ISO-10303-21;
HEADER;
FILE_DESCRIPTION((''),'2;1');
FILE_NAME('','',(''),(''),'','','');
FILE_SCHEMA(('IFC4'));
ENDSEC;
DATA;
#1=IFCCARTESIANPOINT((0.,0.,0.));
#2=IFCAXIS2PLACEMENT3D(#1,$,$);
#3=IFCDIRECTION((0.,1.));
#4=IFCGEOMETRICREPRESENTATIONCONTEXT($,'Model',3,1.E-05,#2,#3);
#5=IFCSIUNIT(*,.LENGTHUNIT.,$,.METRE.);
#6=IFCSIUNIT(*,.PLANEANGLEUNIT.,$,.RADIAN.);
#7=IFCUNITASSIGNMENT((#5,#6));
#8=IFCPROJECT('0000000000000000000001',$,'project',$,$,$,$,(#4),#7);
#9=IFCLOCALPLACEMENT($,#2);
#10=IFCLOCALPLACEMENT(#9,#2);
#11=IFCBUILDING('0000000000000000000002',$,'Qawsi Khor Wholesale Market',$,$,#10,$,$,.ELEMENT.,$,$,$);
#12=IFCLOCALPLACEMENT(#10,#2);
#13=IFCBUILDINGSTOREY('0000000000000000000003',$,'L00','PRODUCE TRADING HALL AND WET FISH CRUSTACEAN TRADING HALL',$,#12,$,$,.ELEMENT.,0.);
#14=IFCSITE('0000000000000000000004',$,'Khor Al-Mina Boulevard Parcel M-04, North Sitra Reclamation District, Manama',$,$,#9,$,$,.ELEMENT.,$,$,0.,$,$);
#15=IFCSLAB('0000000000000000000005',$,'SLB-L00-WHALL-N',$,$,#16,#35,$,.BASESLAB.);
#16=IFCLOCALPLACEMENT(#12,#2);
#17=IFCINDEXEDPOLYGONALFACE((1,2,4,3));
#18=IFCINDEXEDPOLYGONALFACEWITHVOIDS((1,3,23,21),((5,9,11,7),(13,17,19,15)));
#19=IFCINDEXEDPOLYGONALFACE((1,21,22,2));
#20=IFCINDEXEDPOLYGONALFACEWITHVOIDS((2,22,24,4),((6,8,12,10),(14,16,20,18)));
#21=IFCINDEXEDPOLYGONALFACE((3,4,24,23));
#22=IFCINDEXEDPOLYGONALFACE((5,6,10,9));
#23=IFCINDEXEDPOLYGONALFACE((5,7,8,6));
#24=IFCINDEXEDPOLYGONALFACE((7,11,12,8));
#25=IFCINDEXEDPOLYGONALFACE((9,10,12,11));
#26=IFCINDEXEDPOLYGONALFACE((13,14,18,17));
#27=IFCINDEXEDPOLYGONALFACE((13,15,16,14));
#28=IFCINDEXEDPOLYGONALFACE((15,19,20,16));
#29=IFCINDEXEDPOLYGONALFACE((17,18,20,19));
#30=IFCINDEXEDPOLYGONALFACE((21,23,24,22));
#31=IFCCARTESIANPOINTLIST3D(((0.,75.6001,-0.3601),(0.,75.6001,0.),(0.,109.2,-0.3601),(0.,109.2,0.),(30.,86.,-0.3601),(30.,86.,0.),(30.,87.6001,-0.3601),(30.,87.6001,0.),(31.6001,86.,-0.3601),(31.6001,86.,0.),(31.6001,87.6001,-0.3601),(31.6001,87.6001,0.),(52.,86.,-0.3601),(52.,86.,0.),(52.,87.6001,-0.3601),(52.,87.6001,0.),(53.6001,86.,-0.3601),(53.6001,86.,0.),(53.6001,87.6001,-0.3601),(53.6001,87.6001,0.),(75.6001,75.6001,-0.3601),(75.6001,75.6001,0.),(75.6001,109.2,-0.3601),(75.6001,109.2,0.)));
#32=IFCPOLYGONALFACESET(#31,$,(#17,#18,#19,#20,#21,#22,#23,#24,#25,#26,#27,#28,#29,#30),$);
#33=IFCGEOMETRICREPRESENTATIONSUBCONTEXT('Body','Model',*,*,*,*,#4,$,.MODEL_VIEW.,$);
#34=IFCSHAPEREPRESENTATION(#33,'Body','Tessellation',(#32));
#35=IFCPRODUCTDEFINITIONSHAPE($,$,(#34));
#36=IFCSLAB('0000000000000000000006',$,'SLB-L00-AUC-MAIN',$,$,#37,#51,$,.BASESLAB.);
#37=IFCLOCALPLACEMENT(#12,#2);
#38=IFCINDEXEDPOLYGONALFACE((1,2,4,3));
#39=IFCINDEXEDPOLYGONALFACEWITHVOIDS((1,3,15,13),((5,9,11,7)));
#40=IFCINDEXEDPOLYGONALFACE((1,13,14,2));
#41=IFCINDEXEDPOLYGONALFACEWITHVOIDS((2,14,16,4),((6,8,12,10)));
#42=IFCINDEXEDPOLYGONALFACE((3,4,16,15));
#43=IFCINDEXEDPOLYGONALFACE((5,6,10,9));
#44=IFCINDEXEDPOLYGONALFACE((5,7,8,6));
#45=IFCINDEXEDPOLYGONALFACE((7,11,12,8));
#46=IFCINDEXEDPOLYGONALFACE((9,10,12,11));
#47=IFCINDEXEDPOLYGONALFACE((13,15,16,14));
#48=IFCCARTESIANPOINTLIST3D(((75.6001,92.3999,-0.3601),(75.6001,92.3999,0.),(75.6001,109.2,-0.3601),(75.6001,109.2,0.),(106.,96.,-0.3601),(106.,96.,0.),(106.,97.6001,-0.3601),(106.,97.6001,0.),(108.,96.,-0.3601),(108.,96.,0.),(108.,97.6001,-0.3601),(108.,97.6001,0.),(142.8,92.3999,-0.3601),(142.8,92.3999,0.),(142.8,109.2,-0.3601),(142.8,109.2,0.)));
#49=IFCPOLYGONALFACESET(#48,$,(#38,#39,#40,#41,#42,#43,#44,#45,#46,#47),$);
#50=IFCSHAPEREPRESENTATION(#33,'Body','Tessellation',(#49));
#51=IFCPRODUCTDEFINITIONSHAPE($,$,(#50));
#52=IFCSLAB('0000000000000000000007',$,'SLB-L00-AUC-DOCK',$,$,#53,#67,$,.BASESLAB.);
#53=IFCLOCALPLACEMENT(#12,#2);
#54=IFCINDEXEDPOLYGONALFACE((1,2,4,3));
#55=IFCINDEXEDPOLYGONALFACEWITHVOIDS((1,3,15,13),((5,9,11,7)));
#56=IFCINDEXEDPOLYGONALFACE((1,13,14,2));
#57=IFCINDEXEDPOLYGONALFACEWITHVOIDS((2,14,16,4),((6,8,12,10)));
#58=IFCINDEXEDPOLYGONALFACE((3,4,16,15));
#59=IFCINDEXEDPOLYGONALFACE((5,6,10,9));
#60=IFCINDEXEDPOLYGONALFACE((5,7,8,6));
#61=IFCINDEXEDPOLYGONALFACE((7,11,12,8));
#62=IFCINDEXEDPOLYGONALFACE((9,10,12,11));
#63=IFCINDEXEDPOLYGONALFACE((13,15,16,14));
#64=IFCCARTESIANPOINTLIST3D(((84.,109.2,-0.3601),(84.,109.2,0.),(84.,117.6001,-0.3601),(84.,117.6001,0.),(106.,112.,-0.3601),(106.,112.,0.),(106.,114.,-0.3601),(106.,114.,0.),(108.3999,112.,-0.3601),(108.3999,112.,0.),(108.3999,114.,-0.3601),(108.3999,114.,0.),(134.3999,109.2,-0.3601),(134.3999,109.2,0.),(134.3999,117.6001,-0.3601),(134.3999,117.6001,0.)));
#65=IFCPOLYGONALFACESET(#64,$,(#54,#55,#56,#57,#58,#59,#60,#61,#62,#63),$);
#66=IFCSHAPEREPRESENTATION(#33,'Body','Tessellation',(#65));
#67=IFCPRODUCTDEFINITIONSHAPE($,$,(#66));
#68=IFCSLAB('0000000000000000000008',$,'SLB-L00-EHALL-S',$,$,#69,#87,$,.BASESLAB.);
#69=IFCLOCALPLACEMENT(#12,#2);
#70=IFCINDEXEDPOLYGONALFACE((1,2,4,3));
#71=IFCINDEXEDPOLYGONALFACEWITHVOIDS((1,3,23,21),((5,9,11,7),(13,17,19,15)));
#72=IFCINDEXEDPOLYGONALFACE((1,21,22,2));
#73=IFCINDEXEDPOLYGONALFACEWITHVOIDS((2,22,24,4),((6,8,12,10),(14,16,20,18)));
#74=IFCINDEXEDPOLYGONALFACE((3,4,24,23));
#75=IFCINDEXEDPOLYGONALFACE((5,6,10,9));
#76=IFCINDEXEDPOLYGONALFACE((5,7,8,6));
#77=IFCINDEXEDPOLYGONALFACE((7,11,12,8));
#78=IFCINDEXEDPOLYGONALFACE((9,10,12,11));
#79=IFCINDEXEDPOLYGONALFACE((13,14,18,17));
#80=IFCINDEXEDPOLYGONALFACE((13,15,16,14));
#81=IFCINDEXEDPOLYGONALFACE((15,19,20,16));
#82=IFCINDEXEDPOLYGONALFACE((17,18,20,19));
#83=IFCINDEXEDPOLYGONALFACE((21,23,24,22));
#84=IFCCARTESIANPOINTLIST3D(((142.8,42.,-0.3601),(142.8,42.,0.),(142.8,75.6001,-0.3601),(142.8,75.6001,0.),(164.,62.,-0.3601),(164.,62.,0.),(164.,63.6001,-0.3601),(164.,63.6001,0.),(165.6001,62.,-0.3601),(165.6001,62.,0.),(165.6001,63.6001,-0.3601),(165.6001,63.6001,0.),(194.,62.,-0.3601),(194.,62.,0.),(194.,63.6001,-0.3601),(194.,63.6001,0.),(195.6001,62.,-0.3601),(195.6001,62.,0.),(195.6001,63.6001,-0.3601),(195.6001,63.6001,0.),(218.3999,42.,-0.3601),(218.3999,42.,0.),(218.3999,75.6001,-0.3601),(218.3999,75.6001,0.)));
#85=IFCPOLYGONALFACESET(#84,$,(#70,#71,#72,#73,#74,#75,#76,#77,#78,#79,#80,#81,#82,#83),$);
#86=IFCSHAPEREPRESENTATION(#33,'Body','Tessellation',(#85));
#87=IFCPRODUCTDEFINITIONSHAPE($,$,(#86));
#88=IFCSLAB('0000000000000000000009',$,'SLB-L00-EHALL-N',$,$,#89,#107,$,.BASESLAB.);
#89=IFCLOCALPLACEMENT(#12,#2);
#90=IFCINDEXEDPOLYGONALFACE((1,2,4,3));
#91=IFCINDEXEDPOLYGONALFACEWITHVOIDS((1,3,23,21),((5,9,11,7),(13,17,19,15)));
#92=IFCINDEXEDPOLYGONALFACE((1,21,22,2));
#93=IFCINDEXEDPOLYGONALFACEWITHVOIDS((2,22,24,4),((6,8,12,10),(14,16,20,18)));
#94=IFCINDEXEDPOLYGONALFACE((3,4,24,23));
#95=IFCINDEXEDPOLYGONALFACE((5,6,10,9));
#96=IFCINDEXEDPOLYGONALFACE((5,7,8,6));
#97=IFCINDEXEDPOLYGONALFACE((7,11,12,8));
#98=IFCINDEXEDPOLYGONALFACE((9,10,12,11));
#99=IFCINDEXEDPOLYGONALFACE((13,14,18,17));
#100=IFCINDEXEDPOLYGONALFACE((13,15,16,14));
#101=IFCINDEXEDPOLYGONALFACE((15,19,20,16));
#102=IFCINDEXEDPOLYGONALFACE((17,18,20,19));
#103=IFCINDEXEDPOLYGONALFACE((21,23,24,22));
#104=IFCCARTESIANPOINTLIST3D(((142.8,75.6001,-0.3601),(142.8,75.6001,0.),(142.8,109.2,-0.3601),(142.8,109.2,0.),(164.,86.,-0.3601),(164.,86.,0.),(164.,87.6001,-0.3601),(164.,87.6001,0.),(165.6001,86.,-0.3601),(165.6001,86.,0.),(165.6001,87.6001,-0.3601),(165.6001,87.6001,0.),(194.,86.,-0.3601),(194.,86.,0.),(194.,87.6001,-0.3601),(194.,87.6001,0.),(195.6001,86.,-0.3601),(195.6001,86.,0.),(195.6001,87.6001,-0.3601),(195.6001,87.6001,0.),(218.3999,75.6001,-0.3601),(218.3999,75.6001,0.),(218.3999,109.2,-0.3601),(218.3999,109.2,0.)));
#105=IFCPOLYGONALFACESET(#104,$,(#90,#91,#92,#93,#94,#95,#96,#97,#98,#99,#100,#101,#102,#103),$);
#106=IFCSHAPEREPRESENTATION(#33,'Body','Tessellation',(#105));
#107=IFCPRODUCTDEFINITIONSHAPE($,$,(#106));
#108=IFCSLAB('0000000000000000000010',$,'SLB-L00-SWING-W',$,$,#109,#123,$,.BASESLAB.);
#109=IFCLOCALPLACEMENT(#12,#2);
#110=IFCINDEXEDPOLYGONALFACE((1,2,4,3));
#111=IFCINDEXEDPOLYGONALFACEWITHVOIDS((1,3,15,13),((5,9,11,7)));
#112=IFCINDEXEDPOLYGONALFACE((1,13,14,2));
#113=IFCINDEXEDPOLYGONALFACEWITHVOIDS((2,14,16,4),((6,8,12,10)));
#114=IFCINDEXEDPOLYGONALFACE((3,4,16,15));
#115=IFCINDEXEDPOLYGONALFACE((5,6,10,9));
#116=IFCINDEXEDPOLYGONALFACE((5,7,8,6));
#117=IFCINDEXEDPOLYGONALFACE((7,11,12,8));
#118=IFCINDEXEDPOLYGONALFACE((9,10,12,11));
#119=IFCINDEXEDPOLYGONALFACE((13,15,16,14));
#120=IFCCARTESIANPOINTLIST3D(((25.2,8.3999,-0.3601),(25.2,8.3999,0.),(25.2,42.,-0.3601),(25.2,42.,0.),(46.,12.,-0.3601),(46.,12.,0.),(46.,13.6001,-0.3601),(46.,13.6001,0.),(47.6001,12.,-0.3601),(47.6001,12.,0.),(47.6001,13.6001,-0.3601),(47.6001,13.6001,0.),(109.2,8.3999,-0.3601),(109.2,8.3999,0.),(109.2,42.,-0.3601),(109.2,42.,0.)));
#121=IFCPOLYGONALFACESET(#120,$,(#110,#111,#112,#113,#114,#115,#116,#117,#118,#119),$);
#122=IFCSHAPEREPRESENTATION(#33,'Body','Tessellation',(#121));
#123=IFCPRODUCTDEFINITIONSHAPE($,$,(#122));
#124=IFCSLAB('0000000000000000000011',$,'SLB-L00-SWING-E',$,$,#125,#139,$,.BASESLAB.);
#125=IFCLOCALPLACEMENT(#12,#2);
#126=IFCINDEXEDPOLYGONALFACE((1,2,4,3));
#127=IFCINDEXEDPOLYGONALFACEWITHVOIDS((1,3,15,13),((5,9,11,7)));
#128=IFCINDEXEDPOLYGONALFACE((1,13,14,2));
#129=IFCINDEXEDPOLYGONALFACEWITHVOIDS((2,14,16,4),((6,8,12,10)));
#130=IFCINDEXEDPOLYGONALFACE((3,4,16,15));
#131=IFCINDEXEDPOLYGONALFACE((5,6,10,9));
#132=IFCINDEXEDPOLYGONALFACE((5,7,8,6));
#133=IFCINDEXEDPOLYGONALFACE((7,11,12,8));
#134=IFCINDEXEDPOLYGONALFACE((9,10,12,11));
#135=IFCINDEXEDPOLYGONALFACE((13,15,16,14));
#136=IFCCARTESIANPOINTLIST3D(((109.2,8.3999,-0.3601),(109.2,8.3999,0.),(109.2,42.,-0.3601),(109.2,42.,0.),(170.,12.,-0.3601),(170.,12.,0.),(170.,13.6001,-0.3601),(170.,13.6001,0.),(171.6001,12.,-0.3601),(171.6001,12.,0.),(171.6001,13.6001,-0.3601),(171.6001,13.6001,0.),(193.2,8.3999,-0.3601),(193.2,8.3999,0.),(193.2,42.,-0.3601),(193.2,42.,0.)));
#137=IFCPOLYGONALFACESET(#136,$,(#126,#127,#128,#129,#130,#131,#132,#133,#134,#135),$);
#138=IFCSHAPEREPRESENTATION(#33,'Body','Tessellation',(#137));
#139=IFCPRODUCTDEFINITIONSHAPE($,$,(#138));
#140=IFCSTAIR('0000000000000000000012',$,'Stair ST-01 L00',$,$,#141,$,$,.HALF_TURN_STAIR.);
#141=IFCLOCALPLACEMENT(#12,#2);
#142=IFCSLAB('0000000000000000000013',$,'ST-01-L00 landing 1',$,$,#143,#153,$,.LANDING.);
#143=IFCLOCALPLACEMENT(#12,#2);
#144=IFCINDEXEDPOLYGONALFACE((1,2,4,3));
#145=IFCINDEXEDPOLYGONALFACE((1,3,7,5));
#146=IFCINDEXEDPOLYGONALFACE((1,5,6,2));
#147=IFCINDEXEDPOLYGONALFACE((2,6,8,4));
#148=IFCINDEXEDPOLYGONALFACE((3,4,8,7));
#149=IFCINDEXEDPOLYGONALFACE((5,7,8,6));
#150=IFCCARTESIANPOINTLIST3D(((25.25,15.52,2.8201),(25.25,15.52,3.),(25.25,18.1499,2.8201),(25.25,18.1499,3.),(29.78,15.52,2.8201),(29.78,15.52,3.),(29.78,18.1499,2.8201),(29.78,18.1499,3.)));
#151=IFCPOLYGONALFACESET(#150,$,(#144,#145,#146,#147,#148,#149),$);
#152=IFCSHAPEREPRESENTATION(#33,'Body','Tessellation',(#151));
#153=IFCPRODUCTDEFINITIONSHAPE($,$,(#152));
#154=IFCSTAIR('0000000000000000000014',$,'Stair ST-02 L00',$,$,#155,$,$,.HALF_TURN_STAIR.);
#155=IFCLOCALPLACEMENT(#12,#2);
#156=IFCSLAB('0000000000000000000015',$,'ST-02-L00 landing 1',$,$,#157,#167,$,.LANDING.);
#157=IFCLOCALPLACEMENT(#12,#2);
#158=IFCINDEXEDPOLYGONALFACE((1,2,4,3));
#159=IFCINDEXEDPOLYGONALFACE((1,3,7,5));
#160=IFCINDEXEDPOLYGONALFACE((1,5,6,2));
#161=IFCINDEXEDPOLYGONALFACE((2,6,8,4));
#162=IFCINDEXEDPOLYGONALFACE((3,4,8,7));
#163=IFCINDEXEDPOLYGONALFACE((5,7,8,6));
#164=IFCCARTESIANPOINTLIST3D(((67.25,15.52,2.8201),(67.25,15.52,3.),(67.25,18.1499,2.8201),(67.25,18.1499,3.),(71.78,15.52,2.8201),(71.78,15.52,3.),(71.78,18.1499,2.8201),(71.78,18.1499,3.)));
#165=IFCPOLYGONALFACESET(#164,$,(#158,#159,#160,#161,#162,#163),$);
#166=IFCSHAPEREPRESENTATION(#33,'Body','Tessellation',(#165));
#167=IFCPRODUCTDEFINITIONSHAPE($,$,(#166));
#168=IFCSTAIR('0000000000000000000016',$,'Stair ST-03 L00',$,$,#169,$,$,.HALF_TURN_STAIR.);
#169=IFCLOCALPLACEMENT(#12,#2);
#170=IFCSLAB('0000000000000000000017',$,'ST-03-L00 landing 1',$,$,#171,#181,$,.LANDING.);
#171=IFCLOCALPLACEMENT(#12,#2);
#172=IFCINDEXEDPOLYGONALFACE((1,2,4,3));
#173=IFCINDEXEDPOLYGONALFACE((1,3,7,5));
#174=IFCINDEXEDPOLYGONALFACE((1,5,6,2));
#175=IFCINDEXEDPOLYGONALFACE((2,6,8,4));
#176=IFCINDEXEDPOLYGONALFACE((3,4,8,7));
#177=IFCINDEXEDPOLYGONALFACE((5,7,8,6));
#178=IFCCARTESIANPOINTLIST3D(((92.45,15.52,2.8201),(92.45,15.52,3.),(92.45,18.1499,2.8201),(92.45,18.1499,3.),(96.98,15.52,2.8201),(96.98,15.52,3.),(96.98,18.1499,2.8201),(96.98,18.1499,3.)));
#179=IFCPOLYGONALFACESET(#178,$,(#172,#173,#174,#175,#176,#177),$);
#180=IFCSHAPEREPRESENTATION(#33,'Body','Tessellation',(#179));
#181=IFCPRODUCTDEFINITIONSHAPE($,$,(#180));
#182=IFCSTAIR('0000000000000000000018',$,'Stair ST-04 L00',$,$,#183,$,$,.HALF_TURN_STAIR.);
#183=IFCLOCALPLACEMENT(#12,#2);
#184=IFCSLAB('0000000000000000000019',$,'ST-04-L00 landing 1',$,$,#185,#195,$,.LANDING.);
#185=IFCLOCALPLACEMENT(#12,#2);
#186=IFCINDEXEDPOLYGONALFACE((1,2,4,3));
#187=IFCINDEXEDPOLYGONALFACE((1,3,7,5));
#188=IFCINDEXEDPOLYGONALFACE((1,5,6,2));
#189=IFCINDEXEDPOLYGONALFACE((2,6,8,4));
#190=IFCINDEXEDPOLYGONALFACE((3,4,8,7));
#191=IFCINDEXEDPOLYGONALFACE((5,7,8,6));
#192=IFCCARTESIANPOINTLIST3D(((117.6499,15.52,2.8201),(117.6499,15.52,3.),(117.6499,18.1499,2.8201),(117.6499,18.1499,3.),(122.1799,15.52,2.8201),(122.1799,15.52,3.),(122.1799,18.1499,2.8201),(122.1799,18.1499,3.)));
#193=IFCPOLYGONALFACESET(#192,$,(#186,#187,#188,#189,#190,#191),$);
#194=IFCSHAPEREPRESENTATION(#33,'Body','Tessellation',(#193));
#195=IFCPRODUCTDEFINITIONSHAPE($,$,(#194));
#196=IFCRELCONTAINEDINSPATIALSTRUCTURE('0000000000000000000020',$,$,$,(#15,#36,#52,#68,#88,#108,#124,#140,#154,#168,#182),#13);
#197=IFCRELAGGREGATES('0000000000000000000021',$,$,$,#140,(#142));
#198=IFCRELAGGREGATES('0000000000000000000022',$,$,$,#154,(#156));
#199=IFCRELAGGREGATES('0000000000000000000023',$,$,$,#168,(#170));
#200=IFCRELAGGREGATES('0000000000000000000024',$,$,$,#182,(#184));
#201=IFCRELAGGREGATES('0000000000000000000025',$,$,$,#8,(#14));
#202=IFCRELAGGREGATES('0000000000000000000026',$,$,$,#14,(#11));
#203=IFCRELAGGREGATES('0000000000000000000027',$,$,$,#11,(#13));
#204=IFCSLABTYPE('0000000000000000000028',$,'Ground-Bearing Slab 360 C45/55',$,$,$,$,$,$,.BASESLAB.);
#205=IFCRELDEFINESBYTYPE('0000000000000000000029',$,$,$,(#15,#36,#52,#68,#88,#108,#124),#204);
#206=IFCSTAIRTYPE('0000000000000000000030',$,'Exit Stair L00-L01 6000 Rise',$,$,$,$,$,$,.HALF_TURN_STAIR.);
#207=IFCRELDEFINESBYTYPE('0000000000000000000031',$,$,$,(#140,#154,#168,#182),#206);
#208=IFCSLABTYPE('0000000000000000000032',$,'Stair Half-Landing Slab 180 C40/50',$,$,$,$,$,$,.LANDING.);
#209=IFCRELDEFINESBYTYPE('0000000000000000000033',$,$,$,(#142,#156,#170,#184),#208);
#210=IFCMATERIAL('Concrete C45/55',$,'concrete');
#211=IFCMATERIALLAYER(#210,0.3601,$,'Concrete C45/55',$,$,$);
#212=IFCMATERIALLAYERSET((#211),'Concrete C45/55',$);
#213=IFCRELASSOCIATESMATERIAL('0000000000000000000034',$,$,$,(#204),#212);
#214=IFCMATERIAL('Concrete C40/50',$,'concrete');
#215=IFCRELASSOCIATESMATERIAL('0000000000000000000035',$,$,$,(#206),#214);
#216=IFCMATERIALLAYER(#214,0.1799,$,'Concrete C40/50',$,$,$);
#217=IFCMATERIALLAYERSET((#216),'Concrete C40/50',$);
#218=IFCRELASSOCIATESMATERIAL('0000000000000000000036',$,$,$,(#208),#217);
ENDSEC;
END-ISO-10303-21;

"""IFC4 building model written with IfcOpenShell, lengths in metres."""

from ifc_helpers import new_model, si_unit, direction, frame, origin, place, context, subcontext, project, spatial, polyline, outline, extrude, material, layer, layer_set, type_object, element, aggregate, save


model = new_model("IFC4")

# Units and contexts
model_context = context("Model", 3, precision=1e-05, world=origin(), true_north=direction((0.0, 1.0)))
body_context = subcontext(model_context, "Body", "Model", "MODEL_VIEW")
ifc_project = project(units=[si_unit("LENGTHUNIT", "METRE"), si_unit("PLANEANGLEUNIT", "RADIAN")], contexts=[model_context])

# Site, building, storey
site_placement = place(None, origin())
site = spatial("IfcSite", under=ifc_project, at=site_placement, Name="Khor Al-Mina Boulevard Parcel M-04, North Sitra Reclamation District, Manama", CompositionType="ELEMENT", RefElevation=0.0)
building_placement = place(site_placement, origin())
building = spatial("IfcBuilding", under=site, at=building_placement, Name="Qawsi Khor Wholesale Market", CompositionType="ELEMENT")
storey_placement = place(building_placement, origin())
storey = spatial("IfcBuildingStorey", under=building, at=storey_placement, Name="L00", Description="PRODUCE TRADING HALL AND WET FISH CRUSTACEAN TRADING HALL", CompositionType="ELEMENT", Elevation=0.0)

# Slabs
ifc_material_1 = material(Name="Concrete C45/55", Category="concrete")
ifc_layer_1 = layer(ifc_material_1, 0.3601, Name="Concrete C45/55")
ifc_layer_set_1 = layer_set([ifc_layer_1], Name="Concrete C45/55")
slab_type_1 = type_object("IfcSlabType", Name="Ground-Bearing Slab 360 C45/55", PredefinedType="BASESLAB", material=ifc_layer_set_1)
slab_1_placement = place(storey_placement, frame((0.0, 0.0, -0.3601)))
element("IfcSlab", 1, at=slab_1_placement, inside=storey, type_object=slab_type_1, Name="SLB-L00-WHALL-N", PredefinedType="BASESLAB", context=body_context, shape_type="SweptSolid", body=[
    extrude(outline(polyline([(0.0, 109.2), (75.6001, 109.2), (75.6001, 75.6001), (0.0, 75.6001), (0.0, 109.2)]), holes=[polyline([(30.0, 86.0), (31.6001, 86.0), (31.6001, 87.6001), (30.0, 87.6001), (30.0, 86.0)]), polyline([(52.0, 86.0), (53.6001, 86.0), (53.6001, 87.6001), (52.0, 87.6001), (52.0, 86.0)])]), origin(), (0.0, 0.0, 1.0), 0.3601),
])
slab_2_placement = place(storey_placement, frame((0.0, 0.0, -0.3601)))
element("IfcSlab", 2, at=slab_2_placement, inside=storey, type_object=slab_type_1, Name="SLB-L00-AUC-MAIN", PredefinedType="BASESLAB", context=body_context, shape_type="SweptSolid", body=[
    extrude(outline(polyline([(75.6001, 109.2), (142.8, 109.2), (142.8, 92.3999), (75.6001, 92.3999), (75.6001, 109.2)]), holes=[polyline([(108.0, 96.0), (108.0, 97.6001), (106.0, 97.6001), (106.0, 96.0), (108.0, 96.0)])]), origin(), (0.0, 0.0, 1.0), 0.3601),
])
slab_3_placement = place(storey_placement, frame((0.0, 0.0, -0.3601)))
element("IfcSlab", 3, at=slab_3_placement, inside=storey, type_object=slab_type_1, Name="SLB-L00-AUC-DOCK", PredefinedType="BASESLAB", context=body_context, shape_type="SweptSolid", body=[
    extrude(outline(polyline([(84.0, 117.6001), (134.3999, 117.6001), (134.3999, 109.2), (84.0, 109.2), (84.0, 117.6001)]), holes=[polyline([(108.3999, 112.0), (108.3999, 114.0), (106.0, 114.0), (106.0, 112.0), (108.3999, 112.0)])]), origin(), (0.0, 0.0, 1.0), 0.3601),
])
slab_4_placement = place(storey_placement, frame((0.0, 0.0, -0.3601)))
element("IfcSlab", 4, at=slab_4_placement, inside=storey, type_object=slab_type_1, Name="SLB-L00-EHALL-S", PredefinedType="BASESLAB", context=body_context, shape_type="SweptSolid", body=[
    extrude(outline(polyline([(142.8, 75.6001), (218.3999, 75.6001), (218.3999, 42.0), (142.8, 42.0), (142.8, 75.6001)]), holes=[polyline([(164.0, 62.0), (165.6001, 62.0), (165.6001, 63.6001), (164.0, 63.6001), (164.0, 62.0)]), polyline([(194.0, 62.0), (195.6001, 62.0), (195.6001, 63.6001), (194.0, 63.6001), (194.0, 62.0)])]), origin(), (0.0, 0.0, 1.0), 0.3601),
])
slab_5_placement = place(storey_placement, frame((0.0, 0.0, -0.3601)))
element("IfcSlab", 5, at=slab_5_placement, inside=storey, type_object=slab_type_1, Name="SLB-L00-EHALL-N", PredefinedType="BASESLAB", context=body_context, shape_type="SweptSolid", body=[
    extrude(outline(polyline([(142.8, 109.2), (218.3999, 109.2), (218.3999, 75.6001), (142.8, 75.6001), (142.8, 109.2)]), holes=[polyline([(164.0, 86.0), (165.6001, 86.0), (165.6001, 87.6001), (164.0, 87.6001), (164.0, 86.0)]), polyline([(194.0, 86.0), (195.6001, 86.0), (195.6001, 87.6001), (194.0, 87.6001), (194.0, 86.0)])]), origin(), (0.0, 0.0, 1.0), 0.3601),
])
slab_6_placement = place(storey_placement, frame((0.0, 0.0, -0.3601)))
element("IfcSlab", 6, at=slab_6_placement, inside=storey, type_object=slab_type_1, Name="SLB-L00-SWING-W", PredefinedType="BASESLAB", context=body_context, shape_type="SweptSolid", body=[
    extrude(outline(polyline([(25.2, 42.0), (109.2, 42.0), (109.2, 8.3999), (25.2, 8.3999), (25.2, 42.0)]), holes=[polyline([(47.6001, 12.0), (47.6001, 13.6001), (46.0, 13.6001), (46.0, 12.0), (47.6001, 12.0)])]), origin(), (0.0, 0.0, 1.0), 0.3601),
])
slab_7_placement = place(storey_placement, frame((0.0, 0.0, -0.3601)))
element("IfcSlab", 7, at=slab_7_placement, inside=storey, type_object=slab_type_1, Name="SLB-L00-SWING-E", PredefinedType="BASESLAB", context=body_context, shape_type="SweptSolid", body=[
    extrude(outline(polyline([(109.2, 42.0), (193.2, 42.0), (193.2, 8.3999), (109.2, 8.3999), (109.2, 42.0)]), holes=[polyline([(171.6001, 12.0), (171.6001, 13.6001), (170.0, 13.6001), (170.0, 12.0), (171.6001, 12.0)])]), origin(), (0.0, 0.0, 1.0), 0.3601),
])

# Stairs, slabs
ifc_material_2 = material(Name="Concrete C40/50", Category="concrete")
stair_type = type_object("IfcStairType", Name="Exit Stair L00-L01 6000 Rise", PredefinedType="HALF_TURN_STAIR", material=ifc_material_2)
stair_1_placement = place(storey_placement, origin())
stair_1 = element("IfcStair", 8, at=stair_1_placement, inside=storey, type_object=stair_type, Name="Stair ST-01 L00", PredefinedType="HALF_TURN_STAIR")
ifc_layer_2 = layer(ifc_material_2, 0.1799, Name="Concrete C40/50")
ifc_layer_set_2 = layer_set([ifc_layer_2], Name="Concrete C40/50")
slab_type_2 = type_object("IfcSlabType", Name="Stair Half-Landing Slab 180 C40/50", PredefinedType="LANDING", material=ifc_layer_set_2)
slab_8_placement = place(storey_placement, frame((0.0, 0.0, 2.8201)))
slab_8 = element("IfcSlab", 9, at=slab_8_placement, type_object=slab_type_2, Name="ST-01-L00 landing 1", PredefinedType="LANDING", context=body_context, shape_type="SweptSolid", body=[
    extrude(outline(polyline([(25.25, 15.52), (29.78, 15.52), (29.78, 18.1499), (25.25, 18.1499), (25.25, 15.52)])), origin(), (0.0, 0.0, 1.0), 0.1799),
])
aggregate(stair_1, [slab_8])
stair_2_placement = place(storey_placement, origin())
stair_2 = element("IfcStair", 10, at=stair_2_placement, inside=storey, type_object=stair_type, Name="Stair ST-02 L00", PredefinedType="HALF_TURN_STAIR")
slab_9_placement = place(storey_placement, frame((0.0, 0.0, 2.8201)))
slab_9 = element("IfcSlab", 11, at=slab_9_placement, type_object=slab_type_2, Name="ST-02-L00 landing 1", PredefinedType="LANDING", context=body_context, shape_type="SweptSolid", body=[
    extrude(outline(polyline([(67.25, 15.52), (71.78, 15.52), (71.78, 18.1499), (67.25, 18.1499), (67.25, 15.52)])), origin(), (0.0, 0.0, 1.0), 0.1799),
])
aggregate(stair_2, [slab_9])
stair_3_placement = place(storey_placement, origin())
stair_3 = element("IfcStair", 12, at=stair_3_placement, inside=storey, type_object=stair_type, Name="Stair ST-03 L00", PredefinedType="HALF_TURN_STAIR")
slab_10_placement = place(storey_placement, frame((0.0, 0.0, 2.8201)))
slab_10 = element("IfcSlab", 13, at=slab_10_placement, type_object=slab_type_2, Name="ST-03-L00 landing 1", PredefinedType="LANDING", context=body_context, shape_type="SweptSolid", body=[
    extrude(outline(polyline([(92.45, 15.52), (96.98, 15.52), (96.98, 18.1499), (92.45, 18.1499), (92.45, 15.52)])), origin(), (0.0, 0.0, 1.0), 0.1799),
])
aggregate(stair_3, [slab_10])
stair_4_placement = place(storey_placement, origin())
stair_4 = element("IfcStair", 14, at=stair_4_placement, inside=storey, type_object=stair_type, Name="Stair ST-04 L00", PredefinedType="HALF_TURN_STAIR")
slab_11_placement = place(storey_placement, frame((0.0, 0.0, 2.8201)))
slab_11 = element("IfcSlab", 15, at=slab_11_placement, type_object=slab_type_2, Name="ST-04-L00 landing 1", PredefinedType="LANDING", context=body_context, shape_type="SweptSolid", body=[
    extrude(outline(polyline([(117.6499, 15.52), (122.1799, 15.52), (122.1799, 18.1499), (117.6499, 18.1499), (117.6499, 15.52)])), origin(), (0.0, 0.0, 1.0), 0.1799),
])
aggregate(stair_4, [slab_11])

save(model, "model.ifc")
